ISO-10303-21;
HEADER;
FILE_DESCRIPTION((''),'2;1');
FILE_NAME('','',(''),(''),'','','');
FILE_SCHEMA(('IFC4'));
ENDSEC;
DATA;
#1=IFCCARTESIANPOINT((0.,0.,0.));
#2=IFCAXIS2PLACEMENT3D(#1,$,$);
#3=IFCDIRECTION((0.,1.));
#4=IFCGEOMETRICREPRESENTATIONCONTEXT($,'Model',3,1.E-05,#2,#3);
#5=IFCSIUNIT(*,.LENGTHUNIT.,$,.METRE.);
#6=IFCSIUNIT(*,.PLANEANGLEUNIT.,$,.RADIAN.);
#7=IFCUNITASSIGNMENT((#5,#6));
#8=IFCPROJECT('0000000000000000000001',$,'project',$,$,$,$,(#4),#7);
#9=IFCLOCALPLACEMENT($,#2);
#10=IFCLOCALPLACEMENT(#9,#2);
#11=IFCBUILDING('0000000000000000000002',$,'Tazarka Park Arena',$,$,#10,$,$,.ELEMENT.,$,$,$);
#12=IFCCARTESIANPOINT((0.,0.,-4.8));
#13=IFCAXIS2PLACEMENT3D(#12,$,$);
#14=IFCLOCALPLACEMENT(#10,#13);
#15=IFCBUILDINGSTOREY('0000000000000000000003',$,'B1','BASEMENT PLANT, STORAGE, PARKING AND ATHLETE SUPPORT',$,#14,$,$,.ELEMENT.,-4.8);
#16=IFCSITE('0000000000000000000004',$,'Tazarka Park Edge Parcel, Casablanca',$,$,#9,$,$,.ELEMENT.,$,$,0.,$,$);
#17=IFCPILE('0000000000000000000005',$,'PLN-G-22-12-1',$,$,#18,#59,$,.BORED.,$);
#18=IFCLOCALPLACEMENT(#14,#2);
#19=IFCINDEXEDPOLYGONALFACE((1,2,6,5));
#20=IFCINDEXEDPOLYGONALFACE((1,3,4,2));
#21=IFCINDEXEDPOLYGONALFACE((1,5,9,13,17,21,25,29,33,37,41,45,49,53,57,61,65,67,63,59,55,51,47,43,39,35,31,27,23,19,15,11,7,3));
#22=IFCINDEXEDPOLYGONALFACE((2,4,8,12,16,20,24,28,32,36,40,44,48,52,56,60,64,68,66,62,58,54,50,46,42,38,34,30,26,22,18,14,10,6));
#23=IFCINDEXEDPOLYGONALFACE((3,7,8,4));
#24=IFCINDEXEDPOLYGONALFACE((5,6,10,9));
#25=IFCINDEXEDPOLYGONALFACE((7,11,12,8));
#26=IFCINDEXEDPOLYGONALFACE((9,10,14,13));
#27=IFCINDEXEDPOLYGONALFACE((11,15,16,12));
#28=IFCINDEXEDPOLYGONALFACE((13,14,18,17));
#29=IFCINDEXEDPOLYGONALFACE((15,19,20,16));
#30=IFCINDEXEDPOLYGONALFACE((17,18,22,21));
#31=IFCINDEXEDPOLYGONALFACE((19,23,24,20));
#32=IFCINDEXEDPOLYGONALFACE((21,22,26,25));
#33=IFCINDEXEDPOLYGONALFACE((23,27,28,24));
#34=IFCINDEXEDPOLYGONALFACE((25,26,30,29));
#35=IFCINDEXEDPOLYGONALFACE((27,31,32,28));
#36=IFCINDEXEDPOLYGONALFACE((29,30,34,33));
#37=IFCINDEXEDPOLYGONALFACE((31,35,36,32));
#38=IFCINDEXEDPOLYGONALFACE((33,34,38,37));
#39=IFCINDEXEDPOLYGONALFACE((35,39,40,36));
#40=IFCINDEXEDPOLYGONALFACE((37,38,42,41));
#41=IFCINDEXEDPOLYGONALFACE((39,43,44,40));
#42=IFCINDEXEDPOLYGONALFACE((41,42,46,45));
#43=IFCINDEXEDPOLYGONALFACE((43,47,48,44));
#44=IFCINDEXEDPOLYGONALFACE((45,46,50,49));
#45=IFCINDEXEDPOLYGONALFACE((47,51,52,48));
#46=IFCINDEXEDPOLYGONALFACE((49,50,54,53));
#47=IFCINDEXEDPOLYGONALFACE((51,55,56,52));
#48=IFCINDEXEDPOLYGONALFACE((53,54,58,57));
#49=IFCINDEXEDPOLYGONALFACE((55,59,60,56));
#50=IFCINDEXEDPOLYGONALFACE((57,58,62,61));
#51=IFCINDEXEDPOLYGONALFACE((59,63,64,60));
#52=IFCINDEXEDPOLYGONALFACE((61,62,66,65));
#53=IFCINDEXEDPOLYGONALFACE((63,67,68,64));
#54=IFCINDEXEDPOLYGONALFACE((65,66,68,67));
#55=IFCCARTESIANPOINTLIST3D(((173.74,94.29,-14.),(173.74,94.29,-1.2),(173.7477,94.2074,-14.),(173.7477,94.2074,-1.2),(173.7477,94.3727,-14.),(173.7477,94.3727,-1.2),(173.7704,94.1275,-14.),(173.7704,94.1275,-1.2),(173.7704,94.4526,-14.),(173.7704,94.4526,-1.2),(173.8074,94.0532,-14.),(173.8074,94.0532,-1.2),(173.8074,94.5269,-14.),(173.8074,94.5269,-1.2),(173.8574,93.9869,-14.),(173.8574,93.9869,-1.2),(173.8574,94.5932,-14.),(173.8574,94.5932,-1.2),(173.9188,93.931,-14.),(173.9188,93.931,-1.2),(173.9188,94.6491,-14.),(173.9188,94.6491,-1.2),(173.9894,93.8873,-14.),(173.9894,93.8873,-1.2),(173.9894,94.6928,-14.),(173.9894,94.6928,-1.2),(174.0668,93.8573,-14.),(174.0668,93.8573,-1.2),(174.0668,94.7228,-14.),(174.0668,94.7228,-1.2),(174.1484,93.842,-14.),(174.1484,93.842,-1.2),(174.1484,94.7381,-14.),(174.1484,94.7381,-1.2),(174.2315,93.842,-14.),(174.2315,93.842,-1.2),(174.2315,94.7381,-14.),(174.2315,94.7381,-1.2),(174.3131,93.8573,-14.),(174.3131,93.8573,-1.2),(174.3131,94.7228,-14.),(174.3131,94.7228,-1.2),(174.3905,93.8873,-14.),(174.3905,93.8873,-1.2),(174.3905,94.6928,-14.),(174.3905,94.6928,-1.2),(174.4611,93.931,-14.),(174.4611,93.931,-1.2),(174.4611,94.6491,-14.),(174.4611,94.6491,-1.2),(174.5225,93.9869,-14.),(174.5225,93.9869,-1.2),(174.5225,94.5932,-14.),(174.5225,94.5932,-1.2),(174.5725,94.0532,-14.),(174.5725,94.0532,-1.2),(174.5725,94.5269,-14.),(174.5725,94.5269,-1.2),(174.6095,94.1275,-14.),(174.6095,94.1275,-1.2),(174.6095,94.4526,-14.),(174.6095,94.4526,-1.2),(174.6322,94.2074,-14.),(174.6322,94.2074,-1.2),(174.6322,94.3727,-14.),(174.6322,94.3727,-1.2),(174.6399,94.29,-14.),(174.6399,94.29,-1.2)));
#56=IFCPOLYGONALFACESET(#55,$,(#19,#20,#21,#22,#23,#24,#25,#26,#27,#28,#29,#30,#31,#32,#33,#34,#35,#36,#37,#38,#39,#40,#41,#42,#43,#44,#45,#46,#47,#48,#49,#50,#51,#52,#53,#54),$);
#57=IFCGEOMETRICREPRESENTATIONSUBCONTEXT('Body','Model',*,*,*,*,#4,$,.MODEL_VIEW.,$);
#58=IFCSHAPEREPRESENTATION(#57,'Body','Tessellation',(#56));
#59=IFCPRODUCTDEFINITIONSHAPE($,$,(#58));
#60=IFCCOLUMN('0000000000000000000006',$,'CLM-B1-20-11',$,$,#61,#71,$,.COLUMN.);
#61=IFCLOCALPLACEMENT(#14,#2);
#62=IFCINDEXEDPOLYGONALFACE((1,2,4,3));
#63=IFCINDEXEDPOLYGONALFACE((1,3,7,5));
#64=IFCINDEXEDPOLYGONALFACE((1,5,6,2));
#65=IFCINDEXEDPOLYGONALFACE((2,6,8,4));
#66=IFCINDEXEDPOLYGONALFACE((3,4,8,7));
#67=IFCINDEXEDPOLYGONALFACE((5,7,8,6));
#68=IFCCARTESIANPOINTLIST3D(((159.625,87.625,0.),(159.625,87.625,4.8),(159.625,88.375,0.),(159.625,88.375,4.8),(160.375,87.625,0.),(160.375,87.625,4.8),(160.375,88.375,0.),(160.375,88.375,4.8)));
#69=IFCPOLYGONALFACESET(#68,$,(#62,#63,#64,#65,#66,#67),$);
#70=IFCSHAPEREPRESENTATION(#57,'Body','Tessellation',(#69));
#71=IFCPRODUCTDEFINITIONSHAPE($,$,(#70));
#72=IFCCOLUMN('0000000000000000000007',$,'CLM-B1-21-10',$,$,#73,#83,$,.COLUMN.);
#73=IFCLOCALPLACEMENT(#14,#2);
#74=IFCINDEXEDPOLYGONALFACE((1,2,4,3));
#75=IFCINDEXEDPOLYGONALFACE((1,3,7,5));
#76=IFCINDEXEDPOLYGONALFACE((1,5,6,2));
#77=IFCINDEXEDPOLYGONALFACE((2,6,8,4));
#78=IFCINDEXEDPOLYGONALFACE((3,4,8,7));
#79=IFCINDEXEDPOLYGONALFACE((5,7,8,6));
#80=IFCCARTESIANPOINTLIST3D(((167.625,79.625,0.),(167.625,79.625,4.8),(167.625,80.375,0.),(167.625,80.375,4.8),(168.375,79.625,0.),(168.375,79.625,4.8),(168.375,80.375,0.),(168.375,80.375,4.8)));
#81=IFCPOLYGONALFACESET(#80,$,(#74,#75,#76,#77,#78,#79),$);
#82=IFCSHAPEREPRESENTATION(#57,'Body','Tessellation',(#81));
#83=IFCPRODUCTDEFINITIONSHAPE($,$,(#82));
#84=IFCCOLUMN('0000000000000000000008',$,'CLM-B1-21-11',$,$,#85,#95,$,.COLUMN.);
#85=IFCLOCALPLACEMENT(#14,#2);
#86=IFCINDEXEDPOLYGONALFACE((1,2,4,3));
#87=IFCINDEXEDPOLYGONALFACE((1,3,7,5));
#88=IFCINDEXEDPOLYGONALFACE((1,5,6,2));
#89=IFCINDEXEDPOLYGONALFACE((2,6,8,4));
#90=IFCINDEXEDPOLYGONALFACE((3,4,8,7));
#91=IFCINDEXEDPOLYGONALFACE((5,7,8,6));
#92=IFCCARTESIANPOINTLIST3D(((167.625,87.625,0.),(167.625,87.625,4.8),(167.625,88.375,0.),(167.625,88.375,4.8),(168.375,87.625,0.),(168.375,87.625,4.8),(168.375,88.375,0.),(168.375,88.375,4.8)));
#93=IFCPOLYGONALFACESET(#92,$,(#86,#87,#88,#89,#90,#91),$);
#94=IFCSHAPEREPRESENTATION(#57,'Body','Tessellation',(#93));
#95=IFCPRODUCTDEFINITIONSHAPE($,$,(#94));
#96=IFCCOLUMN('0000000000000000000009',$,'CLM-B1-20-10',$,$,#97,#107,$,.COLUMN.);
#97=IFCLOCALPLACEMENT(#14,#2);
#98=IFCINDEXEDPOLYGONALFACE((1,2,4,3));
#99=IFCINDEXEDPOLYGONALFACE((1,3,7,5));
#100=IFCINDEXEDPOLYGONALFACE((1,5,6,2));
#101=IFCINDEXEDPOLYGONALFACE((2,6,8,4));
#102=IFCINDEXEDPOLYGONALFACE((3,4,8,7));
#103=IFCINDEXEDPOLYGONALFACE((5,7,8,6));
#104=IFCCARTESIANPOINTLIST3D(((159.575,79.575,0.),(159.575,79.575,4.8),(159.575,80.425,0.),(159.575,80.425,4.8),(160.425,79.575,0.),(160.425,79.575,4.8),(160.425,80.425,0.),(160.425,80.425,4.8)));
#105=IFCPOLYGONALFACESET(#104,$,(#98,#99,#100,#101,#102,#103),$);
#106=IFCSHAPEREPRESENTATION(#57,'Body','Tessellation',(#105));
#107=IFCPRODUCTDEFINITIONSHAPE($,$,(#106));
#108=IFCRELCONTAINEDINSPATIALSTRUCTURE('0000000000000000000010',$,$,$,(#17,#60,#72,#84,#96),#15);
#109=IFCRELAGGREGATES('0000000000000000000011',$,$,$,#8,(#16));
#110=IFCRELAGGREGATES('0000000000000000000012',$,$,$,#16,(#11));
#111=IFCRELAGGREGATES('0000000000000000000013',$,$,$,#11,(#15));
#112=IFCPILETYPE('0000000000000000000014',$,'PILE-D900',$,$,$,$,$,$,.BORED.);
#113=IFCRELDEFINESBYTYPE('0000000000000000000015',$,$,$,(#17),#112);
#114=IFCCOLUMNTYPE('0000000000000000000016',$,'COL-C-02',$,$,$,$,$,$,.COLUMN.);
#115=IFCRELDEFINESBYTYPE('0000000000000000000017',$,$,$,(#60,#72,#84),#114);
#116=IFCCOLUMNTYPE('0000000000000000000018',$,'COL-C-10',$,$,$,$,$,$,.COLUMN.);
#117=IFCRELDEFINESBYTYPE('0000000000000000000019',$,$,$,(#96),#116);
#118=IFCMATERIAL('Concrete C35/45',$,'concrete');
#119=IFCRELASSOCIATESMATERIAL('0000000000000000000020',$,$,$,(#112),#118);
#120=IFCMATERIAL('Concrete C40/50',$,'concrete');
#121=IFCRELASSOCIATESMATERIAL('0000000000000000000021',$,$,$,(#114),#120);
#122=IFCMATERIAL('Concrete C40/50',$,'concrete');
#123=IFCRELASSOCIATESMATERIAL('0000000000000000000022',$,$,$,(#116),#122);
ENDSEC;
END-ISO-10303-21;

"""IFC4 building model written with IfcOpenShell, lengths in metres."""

from ifc_helpers import new_model, si_unit, direction, frame, origin, origin_2d, place, context, subcontext, project, spatial, rectangle, circle, extrude, material, material_profile, profile_set, type_object, element, save


model = new_model("IFC4")

# Units and contexts
model_context = context("Model", 3, precision=1e-05, world=origin(), true_north=direction((0.0, 1.0)))
body_context = subcontext(model_context, "Body", "Model", "MODEL_VIEW")
ifc_project = project(units=[si_unit("LENGTHUNIT", "METRE"), si_unit("PLANEANGLEUNIT", "RADIAN")], contexts=[model_context])

# Site, building, storey
site_placement = place(None, origin())
site = spatial("IfcSite", under=ifc_project, at=site_placement, Name="Tazarka Park Edge Parcel, Casablanca", CompositionType="ELEMENT", RefElevation=0.0)
building_placement = place(site_placement, origin())
building = spatial("IfcBuilding", under=site, at=building_placement, Name="Tazarka Park Arena", CompositionType="ELEMENT")
storey_placement = place(building_placement, frame((0.0, 0.0, -4.8)))
storey = spatial("IfcBuildingStorey", under=building, at=storey_placement, Name="B1", Description="BASEMENT PLANT, STORAGE, PARKING AND ATHLETE SUPPORT", CompositionType="ELEMENT", Elevation=-4.8)

# Pile
ifc_material_1 = material(Name="Concrete C35/45", Category="concrete")
ifc_material_profile_1 = material_profile(ifc_material_1, circle(Radius=0.45, at=origin_2d()), Name="Concrete C35/45")
ifc_profile_set_1 = profile_set([ifc_material_profile_1], Name="Concrete C35/45")
pile_type_1 = type_object("IfcPileType", Name="PILE-D900", PredefinedType="BORED", material=ifc_profile_set_1)
pile_placement = place(storey_placement, frame((174.1899, 94.29, -1.2), z_axis=(0.0, 0.0, -1.0), x_axis=(1.0, 0.0, 0.0)))
element("IfcPile", 1, at=pile_placement, inside=storey, type_object=pile_type_1, Name="PLN-G-22-12-1", PredefinedType="BORED", context=body_context, shape_type="SweptSolid", body=[
    extrude(circle(Radius=0.45, at=origin_2d()), origin(), (0.0, 0.0, 1.0), 12.8),
])

# Columns
ifc_material_2 = material(Name="Concrete C40/50", Category="concrete")
ifc_material_profile_2 = material_profile(ifc_material_2, rectangle(XDim=0.75, YDim=0.75, at=origin_2d()), Name="Concrete C40/50")
ifc_profile_set_2 = profile_set([ifc_material_profile_2], Name="Concrete C40/50")
column_type_1 = type_object("IfcColumnType", Name="COL-C-02", PredefinedType="COLUMN", material=ifc_profile_set_2)
for number, where, z_axis, x_axis, name in (
    (2, (160.0, 88.0, 0.0), (0.0, 0.0, 1.0), (1.0, 0.0, 0.0), "CLM-B1-20-11"),
    (3, (168.0, 80.0, 0.0), (0.0, 0.0, 1.0), (1.0, 0.0, 0.0), "CLM-B1-21-10"),
    (4, (168.0, 88.0, 0.0), (0.0, 0.0, 1.0), (1.0, 0.0, 0.0), "CLM-B1-21-11"),
):
    element("IfcColumn", number, at=place(storey_placement, frame(where, z_axis=z_axis, x_axis=x_axis)), inside=storey, type_object=column_type_1, Name=name, PredefinedType="COLUMN", context=body_context, shape_type="SweptSolid", body=[
        extrude(rectangle(XDim=0.75, YDim=0.75, at=origin_2d()), origin(), (0.0, 0.0, 1.0), 4.8),
    ])
ifc_material_3 = material(Name="Concrete C40/50", Category="concrete")
ifc_material_profile_3 = material_profile(ifc_material_3, rectangle(XDim=0.8501, YDim=0.8501, at=origin_2d()), Name="Concrete C40/50")
ifc_profile_set_3 = profile_set([ifc_material_profile_3], Name="Concrete C40/50")
column_type_2 = type_object("IfcColumnType", Name="COL-C-10", PredefinedType="COLUMN", material=ifc_profile_set_3)
column_placement = place(storey_placement, frame((160.0, 80.0, 0.0), z_axis=(0.0, 0.0, 1.0), x_axis=(1.0, 0.0, 0.0)))
element("IfcColumn", 5, at=column_placement, inside=storey, type_object=column_type_2, Name="CLM-B1-20-10", PredefinedType="COLUMN", context=body_context, shape_type="SweptSolid", body=[
    extrude(rectangle(XDim=0.8501, YDim=0.8501, at=origin_2d()), origin(), (0.0, 0.0, 1.0), 4.8),
])

save(model, "model.ifc")
